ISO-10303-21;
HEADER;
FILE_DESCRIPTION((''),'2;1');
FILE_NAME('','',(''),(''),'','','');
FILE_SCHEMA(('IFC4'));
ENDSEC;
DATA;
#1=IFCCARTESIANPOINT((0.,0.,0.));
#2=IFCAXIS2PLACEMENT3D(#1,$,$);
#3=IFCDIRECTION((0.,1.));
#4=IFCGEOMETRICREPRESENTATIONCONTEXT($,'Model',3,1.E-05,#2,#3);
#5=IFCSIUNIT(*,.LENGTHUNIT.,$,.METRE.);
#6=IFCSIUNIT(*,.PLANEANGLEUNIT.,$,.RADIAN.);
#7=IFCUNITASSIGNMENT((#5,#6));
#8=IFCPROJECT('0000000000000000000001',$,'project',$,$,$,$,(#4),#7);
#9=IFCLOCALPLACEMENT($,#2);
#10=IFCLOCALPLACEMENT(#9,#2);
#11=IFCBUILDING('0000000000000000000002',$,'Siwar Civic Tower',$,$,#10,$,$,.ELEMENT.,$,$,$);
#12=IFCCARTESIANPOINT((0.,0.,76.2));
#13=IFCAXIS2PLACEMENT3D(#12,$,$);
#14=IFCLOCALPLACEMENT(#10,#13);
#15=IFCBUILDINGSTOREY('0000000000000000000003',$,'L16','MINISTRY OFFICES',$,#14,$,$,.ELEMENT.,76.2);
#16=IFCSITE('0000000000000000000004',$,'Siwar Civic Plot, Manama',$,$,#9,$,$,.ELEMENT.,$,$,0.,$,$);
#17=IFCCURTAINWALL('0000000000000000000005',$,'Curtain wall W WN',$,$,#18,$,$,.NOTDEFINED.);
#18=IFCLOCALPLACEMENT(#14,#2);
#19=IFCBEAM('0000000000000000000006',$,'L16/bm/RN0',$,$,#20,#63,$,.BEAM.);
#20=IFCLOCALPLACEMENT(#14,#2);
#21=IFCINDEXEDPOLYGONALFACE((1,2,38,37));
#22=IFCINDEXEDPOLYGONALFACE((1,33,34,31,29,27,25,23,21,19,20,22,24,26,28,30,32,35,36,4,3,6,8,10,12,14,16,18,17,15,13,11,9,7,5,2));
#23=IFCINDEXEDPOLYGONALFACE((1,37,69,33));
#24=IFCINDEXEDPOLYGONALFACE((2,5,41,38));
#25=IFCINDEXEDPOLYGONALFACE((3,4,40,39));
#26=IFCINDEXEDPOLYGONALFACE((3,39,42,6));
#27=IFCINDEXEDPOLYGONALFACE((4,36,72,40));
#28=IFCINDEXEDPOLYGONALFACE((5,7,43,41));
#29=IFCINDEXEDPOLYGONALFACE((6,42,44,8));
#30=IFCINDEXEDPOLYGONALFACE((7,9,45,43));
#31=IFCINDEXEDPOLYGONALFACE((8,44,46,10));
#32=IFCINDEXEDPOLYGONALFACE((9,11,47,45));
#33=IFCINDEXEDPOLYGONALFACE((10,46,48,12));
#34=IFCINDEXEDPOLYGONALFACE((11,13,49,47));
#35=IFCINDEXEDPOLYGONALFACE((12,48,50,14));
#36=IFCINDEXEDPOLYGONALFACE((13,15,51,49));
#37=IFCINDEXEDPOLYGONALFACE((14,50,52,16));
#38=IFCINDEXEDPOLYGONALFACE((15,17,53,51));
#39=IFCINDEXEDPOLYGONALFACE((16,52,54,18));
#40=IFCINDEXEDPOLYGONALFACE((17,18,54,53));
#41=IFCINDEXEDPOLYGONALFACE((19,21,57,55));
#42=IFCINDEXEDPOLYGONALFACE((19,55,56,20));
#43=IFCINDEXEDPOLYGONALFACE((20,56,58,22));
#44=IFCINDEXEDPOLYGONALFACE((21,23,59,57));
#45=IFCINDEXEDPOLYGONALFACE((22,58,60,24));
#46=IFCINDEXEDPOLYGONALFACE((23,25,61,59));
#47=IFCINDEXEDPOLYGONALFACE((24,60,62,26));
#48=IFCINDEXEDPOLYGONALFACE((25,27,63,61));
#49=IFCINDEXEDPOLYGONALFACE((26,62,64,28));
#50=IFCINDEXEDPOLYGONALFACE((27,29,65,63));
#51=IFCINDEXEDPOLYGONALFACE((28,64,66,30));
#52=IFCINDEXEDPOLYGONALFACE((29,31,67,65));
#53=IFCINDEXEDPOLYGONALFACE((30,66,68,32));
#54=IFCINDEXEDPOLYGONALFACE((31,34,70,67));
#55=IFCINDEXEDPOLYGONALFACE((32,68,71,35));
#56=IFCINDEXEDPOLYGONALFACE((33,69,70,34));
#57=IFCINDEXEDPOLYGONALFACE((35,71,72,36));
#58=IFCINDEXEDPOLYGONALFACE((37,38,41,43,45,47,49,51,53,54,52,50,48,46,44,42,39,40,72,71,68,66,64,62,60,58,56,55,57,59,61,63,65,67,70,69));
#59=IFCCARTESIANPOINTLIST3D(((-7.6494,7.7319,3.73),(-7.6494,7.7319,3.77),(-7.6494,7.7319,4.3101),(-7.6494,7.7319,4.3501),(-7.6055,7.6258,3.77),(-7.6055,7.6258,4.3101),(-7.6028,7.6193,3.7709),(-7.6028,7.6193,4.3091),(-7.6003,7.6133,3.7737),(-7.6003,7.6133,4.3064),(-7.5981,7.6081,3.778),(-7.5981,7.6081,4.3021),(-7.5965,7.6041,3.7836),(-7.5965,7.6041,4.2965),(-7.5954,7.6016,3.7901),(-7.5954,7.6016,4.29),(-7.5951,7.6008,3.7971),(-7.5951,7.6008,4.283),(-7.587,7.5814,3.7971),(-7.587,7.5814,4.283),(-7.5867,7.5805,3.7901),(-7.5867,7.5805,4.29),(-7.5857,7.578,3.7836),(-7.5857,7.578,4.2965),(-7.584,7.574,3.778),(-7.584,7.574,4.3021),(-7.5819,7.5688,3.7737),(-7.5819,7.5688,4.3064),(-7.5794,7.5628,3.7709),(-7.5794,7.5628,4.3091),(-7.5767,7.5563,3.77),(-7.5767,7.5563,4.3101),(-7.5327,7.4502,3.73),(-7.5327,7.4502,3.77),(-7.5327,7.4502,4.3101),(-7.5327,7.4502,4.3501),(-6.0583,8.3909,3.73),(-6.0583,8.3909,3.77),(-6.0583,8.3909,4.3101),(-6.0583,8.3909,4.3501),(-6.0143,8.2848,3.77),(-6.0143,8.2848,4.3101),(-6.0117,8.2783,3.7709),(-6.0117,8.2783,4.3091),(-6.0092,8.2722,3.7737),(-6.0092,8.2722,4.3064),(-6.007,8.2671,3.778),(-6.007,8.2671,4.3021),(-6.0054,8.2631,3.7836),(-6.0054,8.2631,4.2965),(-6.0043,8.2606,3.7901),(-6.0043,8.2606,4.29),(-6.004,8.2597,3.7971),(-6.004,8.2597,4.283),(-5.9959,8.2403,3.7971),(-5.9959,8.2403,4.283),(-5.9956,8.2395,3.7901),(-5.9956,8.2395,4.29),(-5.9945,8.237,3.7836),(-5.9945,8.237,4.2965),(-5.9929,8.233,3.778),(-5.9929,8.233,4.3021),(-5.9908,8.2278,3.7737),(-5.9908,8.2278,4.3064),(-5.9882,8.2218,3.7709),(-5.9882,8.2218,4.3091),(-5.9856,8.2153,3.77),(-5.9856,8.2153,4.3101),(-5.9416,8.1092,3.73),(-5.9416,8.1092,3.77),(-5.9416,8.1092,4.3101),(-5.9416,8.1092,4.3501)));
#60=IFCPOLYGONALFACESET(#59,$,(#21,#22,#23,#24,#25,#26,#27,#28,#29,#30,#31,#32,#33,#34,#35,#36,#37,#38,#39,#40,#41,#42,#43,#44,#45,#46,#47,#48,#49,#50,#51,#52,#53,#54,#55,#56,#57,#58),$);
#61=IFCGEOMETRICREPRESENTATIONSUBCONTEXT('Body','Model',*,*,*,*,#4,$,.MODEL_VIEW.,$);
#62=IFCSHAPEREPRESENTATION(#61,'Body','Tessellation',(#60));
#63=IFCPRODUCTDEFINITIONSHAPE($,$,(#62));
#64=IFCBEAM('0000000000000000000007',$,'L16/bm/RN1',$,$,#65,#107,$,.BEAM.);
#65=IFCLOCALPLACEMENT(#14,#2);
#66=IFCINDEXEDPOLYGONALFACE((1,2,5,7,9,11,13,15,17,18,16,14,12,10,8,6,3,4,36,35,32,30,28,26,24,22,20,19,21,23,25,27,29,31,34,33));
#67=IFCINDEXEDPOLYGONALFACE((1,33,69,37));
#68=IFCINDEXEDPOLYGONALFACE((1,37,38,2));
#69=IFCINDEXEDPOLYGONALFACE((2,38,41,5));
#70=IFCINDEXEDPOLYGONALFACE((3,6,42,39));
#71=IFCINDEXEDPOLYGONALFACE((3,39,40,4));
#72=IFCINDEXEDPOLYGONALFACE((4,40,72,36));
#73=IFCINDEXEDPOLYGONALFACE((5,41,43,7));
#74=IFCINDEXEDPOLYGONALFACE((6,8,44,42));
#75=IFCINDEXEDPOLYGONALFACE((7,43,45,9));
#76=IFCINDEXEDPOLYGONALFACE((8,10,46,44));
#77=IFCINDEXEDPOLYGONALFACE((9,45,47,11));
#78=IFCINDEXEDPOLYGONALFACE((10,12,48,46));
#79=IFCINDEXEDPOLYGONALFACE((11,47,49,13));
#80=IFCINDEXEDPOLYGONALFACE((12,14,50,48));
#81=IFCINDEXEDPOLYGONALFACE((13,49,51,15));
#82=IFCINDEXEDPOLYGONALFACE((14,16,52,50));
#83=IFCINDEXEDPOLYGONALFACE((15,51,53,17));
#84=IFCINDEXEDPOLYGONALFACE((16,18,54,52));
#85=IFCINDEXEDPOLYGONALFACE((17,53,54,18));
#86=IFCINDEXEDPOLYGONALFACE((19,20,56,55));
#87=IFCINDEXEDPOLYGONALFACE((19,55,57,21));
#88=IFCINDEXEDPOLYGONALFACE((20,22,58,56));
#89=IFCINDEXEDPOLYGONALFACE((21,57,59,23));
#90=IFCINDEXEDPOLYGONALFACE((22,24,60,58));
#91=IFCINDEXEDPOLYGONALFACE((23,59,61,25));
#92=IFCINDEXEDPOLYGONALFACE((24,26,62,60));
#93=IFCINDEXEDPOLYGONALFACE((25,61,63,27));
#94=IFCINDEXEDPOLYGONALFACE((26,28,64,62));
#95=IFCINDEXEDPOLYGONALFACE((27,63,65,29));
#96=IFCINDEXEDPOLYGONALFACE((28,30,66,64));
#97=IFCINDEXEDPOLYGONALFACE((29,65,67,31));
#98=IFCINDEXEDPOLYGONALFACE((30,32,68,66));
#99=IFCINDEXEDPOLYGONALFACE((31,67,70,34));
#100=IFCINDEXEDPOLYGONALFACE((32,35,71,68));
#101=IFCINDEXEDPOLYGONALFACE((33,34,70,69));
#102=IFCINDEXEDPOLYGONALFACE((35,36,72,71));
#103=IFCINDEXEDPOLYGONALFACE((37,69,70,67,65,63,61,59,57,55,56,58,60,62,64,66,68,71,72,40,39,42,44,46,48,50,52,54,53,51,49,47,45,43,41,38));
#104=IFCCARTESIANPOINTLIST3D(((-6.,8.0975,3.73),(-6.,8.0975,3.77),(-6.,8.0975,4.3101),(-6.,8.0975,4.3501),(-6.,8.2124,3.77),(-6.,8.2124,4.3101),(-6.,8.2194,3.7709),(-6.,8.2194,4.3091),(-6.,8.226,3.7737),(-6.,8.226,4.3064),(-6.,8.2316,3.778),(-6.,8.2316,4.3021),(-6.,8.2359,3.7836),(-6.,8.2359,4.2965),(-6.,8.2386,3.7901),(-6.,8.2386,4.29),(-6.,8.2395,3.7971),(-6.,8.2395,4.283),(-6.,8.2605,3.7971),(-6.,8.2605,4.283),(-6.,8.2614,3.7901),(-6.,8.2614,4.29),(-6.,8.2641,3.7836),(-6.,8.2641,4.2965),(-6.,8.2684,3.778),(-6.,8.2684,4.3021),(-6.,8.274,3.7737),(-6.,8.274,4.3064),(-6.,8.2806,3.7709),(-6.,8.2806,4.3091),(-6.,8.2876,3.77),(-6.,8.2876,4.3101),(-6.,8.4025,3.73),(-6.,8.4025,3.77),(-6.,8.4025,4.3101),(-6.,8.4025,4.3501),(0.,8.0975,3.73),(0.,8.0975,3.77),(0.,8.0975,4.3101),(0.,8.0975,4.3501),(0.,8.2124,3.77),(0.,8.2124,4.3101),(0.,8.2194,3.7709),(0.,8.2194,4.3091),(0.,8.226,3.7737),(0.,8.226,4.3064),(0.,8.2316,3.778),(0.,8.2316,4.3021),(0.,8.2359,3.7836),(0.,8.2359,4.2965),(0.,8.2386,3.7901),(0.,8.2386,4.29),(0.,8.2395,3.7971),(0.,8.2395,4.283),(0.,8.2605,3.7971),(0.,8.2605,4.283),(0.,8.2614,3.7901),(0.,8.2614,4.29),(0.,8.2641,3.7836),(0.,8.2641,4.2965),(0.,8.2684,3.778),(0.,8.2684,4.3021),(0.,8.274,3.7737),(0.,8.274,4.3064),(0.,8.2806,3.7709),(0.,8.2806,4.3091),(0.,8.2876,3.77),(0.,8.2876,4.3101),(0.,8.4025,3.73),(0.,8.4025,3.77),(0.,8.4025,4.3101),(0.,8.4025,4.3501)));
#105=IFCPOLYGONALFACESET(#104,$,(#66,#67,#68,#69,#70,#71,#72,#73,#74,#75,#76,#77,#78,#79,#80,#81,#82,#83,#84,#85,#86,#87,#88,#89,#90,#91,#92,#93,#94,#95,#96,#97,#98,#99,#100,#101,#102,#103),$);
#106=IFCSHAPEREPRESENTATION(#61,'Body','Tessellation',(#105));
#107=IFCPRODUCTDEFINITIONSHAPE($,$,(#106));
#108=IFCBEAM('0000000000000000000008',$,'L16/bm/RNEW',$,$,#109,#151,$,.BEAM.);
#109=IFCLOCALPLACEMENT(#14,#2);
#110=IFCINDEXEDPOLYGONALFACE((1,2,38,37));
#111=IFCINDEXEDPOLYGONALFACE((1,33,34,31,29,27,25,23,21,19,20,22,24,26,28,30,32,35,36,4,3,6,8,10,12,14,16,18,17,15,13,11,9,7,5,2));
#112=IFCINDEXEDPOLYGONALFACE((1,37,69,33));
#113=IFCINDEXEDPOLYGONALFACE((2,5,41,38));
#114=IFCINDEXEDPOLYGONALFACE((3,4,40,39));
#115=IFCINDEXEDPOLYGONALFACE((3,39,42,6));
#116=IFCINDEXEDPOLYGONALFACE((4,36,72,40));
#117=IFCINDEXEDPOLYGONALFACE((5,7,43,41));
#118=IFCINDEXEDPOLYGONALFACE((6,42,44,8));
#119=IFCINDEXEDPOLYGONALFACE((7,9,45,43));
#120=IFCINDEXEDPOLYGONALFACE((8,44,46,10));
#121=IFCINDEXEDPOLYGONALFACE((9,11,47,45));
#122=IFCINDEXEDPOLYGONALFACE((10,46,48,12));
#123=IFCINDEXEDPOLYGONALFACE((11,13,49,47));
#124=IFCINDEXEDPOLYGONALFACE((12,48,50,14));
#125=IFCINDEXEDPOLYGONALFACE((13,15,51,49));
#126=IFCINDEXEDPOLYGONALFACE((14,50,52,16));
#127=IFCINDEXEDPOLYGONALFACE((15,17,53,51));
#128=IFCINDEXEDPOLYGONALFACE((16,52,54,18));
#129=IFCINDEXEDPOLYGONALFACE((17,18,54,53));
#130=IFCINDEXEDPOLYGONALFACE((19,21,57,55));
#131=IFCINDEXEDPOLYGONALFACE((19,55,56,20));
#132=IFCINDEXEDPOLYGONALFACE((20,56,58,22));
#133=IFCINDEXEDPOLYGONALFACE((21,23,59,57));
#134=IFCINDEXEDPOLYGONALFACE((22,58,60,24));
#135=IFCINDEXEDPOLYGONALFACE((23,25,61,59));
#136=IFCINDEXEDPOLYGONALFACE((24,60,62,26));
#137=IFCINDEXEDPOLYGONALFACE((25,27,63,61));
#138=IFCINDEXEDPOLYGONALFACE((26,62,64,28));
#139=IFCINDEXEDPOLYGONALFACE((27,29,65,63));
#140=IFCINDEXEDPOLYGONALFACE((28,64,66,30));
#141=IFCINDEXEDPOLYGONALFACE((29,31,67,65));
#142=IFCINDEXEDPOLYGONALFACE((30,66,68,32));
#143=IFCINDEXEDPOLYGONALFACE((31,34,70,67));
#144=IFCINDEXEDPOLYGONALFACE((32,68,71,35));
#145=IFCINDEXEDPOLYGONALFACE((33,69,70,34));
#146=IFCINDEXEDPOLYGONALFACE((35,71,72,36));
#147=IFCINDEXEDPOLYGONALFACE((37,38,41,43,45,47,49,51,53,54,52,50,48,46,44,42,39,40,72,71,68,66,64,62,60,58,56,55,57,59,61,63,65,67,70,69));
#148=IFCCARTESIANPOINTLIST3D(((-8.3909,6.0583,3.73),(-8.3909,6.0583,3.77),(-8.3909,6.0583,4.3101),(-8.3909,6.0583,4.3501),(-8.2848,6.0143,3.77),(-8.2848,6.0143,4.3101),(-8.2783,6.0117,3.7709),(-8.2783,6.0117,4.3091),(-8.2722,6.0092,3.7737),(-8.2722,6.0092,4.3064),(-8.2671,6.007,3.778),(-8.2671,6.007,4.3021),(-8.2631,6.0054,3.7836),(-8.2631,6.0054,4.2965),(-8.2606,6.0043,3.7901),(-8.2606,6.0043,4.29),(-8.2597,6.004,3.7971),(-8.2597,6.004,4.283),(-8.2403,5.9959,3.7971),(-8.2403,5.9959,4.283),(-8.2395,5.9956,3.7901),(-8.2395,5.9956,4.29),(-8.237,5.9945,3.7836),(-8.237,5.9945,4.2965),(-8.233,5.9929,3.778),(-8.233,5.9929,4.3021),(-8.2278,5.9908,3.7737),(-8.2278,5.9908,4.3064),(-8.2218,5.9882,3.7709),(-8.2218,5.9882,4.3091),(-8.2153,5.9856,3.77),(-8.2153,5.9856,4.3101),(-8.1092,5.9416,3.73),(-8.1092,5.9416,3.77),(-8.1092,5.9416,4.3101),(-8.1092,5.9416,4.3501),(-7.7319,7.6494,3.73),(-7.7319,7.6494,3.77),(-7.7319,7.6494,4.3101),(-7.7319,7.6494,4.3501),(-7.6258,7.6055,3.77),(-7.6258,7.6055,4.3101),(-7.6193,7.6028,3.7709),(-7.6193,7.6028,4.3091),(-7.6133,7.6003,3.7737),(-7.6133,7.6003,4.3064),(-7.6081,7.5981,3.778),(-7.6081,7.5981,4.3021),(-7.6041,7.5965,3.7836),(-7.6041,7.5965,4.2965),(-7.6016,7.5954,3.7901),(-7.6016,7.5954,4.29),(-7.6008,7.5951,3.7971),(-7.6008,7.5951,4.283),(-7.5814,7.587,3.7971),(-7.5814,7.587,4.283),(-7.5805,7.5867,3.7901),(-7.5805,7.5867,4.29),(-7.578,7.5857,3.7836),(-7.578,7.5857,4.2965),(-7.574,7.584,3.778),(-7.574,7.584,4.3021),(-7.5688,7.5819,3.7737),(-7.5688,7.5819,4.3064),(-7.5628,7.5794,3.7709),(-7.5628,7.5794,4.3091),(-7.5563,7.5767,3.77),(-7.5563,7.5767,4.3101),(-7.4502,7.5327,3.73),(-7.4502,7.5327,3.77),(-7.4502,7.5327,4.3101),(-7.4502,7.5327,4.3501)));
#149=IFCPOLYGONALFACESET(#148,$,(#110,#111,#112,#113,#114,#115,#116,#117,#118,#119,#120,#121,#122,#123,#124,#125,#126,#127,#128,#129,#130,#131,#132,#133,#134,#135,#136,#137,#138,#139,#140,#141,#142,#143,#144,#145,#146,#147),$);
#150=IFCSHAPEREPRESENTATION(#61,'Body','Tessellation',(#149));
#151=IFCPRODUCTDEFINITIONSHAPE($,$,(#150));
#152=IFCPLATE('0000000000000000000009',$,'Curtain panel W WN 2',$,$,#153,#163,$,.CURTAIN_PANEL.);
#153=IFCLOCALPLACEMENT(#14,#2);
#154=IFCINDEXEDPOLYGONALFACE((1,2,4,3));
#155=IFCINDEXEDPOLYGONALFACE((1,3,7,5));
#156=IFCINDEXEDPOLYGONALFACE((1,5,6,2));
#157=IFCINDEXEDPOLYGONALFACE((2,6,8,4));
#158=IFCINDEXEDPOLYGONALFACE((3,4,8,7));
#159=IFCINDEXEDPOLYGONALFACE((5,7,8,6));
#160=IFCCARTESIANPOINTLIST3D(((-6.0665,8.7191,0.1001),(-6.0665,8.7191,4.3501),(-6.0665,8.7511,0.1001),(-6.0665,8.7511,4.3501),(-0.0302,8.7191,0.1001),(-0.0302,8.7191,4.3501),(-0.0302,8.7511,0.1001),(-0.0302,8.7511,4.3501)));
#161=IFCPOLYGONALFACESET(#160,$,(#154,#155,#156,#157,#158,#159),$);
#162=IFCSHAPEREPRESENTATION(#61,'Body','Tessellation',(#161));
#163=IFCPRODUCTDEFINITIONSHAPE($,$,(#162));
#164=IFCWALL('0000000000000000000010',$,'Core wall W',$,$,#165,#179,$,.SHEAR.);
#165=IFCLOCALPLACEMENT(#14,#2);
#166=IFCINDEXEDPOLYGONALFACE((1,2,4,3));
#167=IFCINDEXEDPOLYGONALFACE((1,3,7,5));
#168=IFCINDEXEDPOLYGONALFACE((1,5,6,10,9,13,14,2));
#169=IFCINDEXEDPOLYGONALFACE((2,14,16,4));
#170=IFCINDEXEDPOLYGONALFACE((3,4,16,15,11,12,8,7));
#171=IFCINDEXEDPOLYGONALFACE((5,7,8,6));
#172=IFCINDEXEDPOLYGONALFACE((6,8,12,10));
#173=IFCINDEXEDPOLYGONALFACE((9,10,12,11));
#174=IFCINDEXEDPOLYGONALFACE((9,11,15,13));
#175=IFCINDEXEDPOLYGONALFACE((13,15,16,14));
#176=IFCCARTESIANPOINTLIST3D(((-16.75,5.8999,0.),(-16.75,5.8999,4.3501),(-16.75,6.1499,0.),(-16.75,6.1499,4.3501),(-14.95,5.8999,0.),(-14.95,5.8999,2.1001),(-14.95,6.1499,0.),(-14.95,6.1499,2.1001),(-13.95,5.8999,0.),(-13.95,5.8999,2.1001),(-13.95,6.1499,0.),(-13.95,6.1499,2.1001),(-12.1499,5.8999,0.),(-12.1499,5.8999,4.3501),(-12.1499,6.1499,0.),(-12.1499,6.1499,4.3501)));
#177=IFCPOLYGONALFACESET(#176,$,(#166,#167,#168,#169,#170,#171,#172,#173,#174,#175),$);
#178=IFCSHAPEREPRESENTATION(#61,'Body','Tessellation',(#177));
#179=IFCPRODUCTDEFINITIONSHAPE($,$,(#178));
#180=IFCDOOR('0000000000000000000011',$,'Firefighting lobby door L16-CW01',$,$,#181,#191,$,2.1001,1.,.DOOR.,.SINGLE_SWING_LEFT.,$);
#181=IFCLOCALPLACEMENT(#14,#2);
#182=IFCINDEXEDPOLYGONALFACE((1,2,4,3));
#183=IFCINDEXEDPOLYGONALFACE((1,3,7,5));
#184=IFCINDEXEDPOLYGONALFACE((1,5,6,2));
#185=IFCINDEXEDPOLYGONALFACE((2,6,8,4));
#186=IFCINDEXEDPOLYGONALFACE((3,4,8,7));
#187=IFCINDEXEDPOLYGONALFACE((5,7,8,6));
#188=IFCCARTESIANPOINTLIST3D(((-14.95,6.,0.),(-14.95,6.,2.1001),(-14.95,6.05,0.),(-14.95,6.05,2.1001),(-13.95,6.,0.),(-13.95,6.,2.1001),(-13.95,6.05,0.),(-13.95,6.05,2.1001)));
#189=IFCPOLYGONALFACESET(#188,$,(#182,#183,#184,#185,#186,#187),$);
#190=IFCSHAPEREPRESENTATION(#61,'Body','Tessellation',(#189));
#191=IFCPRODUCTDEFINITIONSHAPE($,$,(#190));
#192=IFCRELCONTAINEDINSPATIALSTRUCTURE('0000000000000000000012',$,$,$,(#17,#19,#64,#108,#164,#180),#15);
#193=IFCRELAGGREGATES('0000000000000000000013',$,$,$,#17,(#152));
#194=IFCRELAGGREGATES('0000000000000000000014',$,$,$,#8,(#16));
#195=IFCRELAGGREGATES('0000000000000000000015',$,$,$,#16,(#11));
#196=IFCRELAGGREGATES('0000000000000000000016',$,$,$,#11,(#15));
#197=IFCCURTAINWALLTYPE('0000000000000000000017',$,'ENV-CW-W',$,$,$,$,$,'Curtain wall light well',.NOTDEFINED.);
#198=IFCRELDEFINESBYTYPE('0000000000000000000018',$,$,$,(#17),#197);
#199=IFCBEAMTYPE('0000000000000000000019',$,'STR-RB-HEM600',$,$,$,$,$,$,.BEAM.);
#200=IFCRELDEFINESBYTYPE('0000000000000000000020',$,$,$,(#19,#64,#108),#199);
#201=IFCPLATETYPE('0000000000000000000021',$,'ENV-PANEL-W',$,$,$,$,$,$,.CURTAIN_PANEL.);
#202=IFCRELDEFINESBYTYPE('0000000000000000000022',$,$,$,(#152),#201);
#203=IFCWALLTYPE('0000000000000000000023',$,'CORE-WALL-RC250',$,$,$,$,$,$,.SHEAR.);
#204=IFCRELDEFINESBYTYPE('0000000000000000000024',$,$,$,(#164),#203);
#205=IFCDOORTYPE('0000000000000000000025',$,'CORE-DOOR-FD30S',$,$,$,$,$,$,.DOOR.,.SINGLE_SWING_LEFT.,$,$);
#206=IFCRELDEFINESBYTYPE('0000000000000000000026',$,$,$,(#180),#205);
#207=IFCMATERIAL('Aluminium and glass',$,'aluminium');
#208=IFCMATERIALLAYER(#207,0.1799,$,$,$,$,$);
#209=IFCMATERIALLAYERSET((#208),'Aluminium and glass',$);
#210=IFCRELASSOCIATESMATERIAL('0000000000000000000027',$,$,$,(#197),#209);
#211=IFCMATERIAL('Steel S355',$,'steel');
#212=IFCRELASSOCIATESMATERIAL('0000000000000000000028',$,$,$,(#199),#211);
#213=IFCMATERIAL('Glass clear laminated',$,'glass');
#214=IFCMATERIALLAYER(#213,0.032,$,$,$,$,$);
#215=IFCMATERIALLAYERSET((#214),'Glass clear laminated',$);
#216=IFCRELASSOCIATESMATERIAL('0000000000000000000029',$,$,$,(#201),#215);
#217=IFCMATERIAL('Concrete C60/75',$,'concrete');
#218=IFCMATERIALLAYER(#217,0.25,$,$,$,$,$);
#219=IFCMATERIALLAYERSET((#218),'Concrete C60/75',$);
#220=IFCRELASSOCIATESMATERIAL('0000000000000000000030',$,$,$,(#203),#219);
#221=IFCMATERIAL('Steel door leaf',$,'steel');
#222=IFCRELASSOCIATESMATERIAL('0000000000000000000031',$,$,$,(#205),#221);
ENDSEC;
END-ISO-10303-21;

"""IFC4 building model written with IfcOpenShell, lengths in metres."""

from ifc_helpers import new_model, si_unit, direction, frame, frame_2d, origin, origin_2d, place, context, subcontext, project, spatial, rectangle, i_section, extrude, material, layer, layer_set, material_profile, profile_set, type_object, element, fill, aggregate, save


model = new_model("IFC4")

# Units and contexts
model_context = context("Model", 3, precision=1e-05, world=origin(), true_north=direction((0.0, 1.0)))
body_context = subcontext(model_context, "Body", "Model", "MODEL_VIEW")
ifc_project = project(units=[si_unit("LENGTHUNIT", "METRE"), si_unit("PLANEANGLEUNIT", "RADIAN")], contexts=[model_context])

# Site, building, storey
site_placement = place(None, origin())
site = spatial("IfcSite", under=ifc_project, at=site_placement, Name="Siwar Civic Plot, Manama", CompositionType="ELEMENT", RefElevation=0.0)
building_placement = place(site_placement, origin())
building = spatial("IfcBuilding", under=site, at=building_placement, Name="Siwar Civic Tower", CompositionType="ELEMENT")
storey_placement = place(building_placement, frame((0.0, 0.0, 76.2)))
storey = spatial("IfcBuildingStorey", under=building, at=storey_placement, Name="L16", Description="MINISTRY OFFICES", CompositionType="ELEMENT", Elevation=76.2)

# Curtain wall
ifc_material_1 = material(Name="Aluminium and glass", Category="aluminium")
ifc_layer_1 = layer(ifc_material_1, 0.1799)
ifc_layer_set_1 = layer_set([ifc_layer_1], Name="Aluminium and glass")
curtain_wall_type = type_object("IfcCurtainWallType", Name="ENV-CW-W", ElementType="Curtain wall light well", PredefinedType="NOTDEFINED", material=ifc_layer_set_1)
curtain_wall_placement = place(storey_placement, origin())
curtain_wall = element("IfcCurtainWall", 1, at=curtain_wall_placement, inside=storey, type_object=curtain_wall_type, Name="Curtain wall W WN", PredefinedType="NOTDEFINED")

# Beams
ifc_material_2 = material(Name="Steel S355", Category="steel")
ifc_material_profile_1 = material_profile(ifc_material_2, i_section(OverallWidth=0.3049, OverallDepth=0.6201, WebThickness=0.021, FlangeThickness=0.04, FilletRadius=0.0271, at=origin_2d()), Name="HEM600")
ifc_profile_set_1 = profile_set([ifc_material_profile_1], Name="Steel S355")
beam_type_1 = type_object("IfcBeamType", Name="STR-RB-HEM600", PredefinedType="BEAM", material=ifc_profile_set_1)
beam_1_placement = place(storey_placement, frame((-7.5911, 7.5911, 4.04), z_axis=(0.923901, 0.382631, 0.0), x_axis=(-0.382631, 0.923901, 0.0)))
element("IfcBeam", 2, at=beam_1_placement, inside=storey, type_object=beam_type_1, Name="L16/bm/RN0", PredefinedType="BEAM", context=body_context, shape_type="SweptSolid", body=[
    extrude(i_section(OverallWidth=0.3049, OverallDepth=0.6201, WebThickness=0.021, FlangeThickness=0.04, FilletRadius=0.0271, at=origin_2d()), origin(), (0.0, 0.0, 1.0), 1.7222),
])
beam_2_placement = place(storey_placement, frame((-6.0, 8.25, 4.04), z_axis=(1.0, 0.0, 0.0), x_axis=(0.0, 1.0, 0.0)))
element("IfcBeam", 3, at=beam_2_placement, inside=storey, type_object=beam_type_1, Name="L16/bm/RN1", PredefinedType="BEAM", context=body_context, shape_type="SweptSolid", body=[
    extrude(i_section(OverallWidth=0.3049, OverallDepth=0.6201, WebThickness=0.021, FlangeThickness=0.04, FilletRadius=0.0271, at=origin_2d()), origin(), (0.0, 0.0, 1.0), 6.0),
])
beam_3_placement = place(storey_placement, frame((-7.5911, 7.5911, 4.04), z_axis=(-0.382631, -0.923901, 0.0), x_axis=(0.923901, -0.382631, 0.0)))
element("IfcBeam", 4, at=beam_3_placement, inside=storey, type_object=beam_type_1, Name="L16/bm/RNEW", PredefinedType="BEAM", context=body_context, shape_type="SweptSolid", body=[
    extrude(i_section(OverallWidth=0.3049, OverallDepth=0.6201, WebThickness=0.021, FlangeThickness=0.04, FilletRadius=0.0271, at=origin_2d()), origin(), (0.0, 0.0, 1.0), 1.7222),
])

# Plate
ifc_material_3 = material(Name="Glass clear laminated", Category="glass")
ifc_layer_2 = layer(ifc_material_3, 0.032)
ifc_layer_set_2 = layer_set([ifc_layer_2], Name="Glass clear laminated")
plate_type = type_object("IfcPlateType", Name="ENV-PANEL-W", PredefinedType="CURTAIN_PANEL", material=ifc_layer_set_2)
plate_placement = place(storey_placement, frame((-3.0483, 8.7351, 0.1001), z_axis=(0.0, 0.0, 1.0), x_axis=(-1.0, 0.0, 0.0)))
plate = element("IfcPlate", 5, at=plate_placement, type_object=plate_type, Name="Curtain panel W WN 2", PredefinedType="CURTAIN_PANEL", context=body_context, shape_type="SweptSolid", body=[
    extrude(rectangle(XDim=6.0364, YDim=0.032, at=origin_2d()), origin(), (0.0, 0.0, 1.0), 4.25),
])
aggregate(curtain_wall, [plate])

# Wall, opening, door
ifc_material_4 = material(Name="Concrete C60/75", Category="concrete")
ifc_layer_3 = layer(ifc_material_4, 0.25)
ifc_layer_set_3 = layer_set([ifc_layer_3], Name="Concrete C60/75")
wall_type_1 = type_object("IfcWallType", Name="CORE-WALL-RC250", PredefinedType="SHEAR", material=ifc_layer_set_3)
wall_1_placement = place(storey_placement, frame((-12.1499, 6.0249, 0.0), z_axis=(0.0, 0.0, 1.0), x_axis=(-1.0, 0.0, 0.0)))
wall_1 = element("IfcWall", 6, at=wall_1_placement, inside=storey, type_object=wall_type_1, Name="Core wall W", PredefinedType="SHEAR", context=body_context, shape_type="SweptSolid", body=[
    extrude(rectangle(XDim=4.6001, YDim=0.25, at=frame_2d((2.3, 0.0))), origin(), (0.0, 0.0, 1.0), 4.3501),
])
opening_1_placement = place(wall_1_placement, frame((1.8, 0.0, 0.0)))
opening_1 = element("IfcOpeningElement", 7, at=opening_1_placement, cuts=wall_1, PredefinedType="OPENING", context=body_context, shape_type="SweptSolid", body=[
    extrude(rectangle(XDim=1.0, YDim=2.1001, at=frame_2d((0.5, 1.05))), frame((0.0, 0.135, 0.0), z_axis=(0.0, -1.0, 0.0), x_axis=(1.0, 0.0, 0.0)), (0.0, 0.0, 1.0), 0.27),
])
ifc_material_5 = material(Name="Steel door leaf", Category="steel")
door_type_1 = type_object("IfcDoorType", Name="CORE-DOOR-FD30S", OperationType="SINGLE_SWING_LEFT", PredefinedType="DOOR", material=ifc_material_5)
door_1_placement = place(opening_1_placement, origin())
door_1 = element("IfcDoor", 8, at=door_1_placement, inside=storey, type_object=door_type_1, Name="Firefighting lobby door L16-CW01", OperationType="SINGLE_SWING_LEFT", OverallHeight=2.1001, OverallWidth=1.0, PredefinedType="DOOR", context=body_context, shape_type="SweptSolid", body=[
    extrude(rectangle(XDim=1.0, YDim=2.1001, at=frame_2d((0.5, 1.05))), frame((0.0, 0.0249, 0.0), z_axis=(0.0, -1.0, 0.0), x_axis=(1.0, 0.0, 0.0)), (0.0, 0.0, 1.0), 0.05),
])
fill(opening_1, door_1)

save(model, "model.ifc")
